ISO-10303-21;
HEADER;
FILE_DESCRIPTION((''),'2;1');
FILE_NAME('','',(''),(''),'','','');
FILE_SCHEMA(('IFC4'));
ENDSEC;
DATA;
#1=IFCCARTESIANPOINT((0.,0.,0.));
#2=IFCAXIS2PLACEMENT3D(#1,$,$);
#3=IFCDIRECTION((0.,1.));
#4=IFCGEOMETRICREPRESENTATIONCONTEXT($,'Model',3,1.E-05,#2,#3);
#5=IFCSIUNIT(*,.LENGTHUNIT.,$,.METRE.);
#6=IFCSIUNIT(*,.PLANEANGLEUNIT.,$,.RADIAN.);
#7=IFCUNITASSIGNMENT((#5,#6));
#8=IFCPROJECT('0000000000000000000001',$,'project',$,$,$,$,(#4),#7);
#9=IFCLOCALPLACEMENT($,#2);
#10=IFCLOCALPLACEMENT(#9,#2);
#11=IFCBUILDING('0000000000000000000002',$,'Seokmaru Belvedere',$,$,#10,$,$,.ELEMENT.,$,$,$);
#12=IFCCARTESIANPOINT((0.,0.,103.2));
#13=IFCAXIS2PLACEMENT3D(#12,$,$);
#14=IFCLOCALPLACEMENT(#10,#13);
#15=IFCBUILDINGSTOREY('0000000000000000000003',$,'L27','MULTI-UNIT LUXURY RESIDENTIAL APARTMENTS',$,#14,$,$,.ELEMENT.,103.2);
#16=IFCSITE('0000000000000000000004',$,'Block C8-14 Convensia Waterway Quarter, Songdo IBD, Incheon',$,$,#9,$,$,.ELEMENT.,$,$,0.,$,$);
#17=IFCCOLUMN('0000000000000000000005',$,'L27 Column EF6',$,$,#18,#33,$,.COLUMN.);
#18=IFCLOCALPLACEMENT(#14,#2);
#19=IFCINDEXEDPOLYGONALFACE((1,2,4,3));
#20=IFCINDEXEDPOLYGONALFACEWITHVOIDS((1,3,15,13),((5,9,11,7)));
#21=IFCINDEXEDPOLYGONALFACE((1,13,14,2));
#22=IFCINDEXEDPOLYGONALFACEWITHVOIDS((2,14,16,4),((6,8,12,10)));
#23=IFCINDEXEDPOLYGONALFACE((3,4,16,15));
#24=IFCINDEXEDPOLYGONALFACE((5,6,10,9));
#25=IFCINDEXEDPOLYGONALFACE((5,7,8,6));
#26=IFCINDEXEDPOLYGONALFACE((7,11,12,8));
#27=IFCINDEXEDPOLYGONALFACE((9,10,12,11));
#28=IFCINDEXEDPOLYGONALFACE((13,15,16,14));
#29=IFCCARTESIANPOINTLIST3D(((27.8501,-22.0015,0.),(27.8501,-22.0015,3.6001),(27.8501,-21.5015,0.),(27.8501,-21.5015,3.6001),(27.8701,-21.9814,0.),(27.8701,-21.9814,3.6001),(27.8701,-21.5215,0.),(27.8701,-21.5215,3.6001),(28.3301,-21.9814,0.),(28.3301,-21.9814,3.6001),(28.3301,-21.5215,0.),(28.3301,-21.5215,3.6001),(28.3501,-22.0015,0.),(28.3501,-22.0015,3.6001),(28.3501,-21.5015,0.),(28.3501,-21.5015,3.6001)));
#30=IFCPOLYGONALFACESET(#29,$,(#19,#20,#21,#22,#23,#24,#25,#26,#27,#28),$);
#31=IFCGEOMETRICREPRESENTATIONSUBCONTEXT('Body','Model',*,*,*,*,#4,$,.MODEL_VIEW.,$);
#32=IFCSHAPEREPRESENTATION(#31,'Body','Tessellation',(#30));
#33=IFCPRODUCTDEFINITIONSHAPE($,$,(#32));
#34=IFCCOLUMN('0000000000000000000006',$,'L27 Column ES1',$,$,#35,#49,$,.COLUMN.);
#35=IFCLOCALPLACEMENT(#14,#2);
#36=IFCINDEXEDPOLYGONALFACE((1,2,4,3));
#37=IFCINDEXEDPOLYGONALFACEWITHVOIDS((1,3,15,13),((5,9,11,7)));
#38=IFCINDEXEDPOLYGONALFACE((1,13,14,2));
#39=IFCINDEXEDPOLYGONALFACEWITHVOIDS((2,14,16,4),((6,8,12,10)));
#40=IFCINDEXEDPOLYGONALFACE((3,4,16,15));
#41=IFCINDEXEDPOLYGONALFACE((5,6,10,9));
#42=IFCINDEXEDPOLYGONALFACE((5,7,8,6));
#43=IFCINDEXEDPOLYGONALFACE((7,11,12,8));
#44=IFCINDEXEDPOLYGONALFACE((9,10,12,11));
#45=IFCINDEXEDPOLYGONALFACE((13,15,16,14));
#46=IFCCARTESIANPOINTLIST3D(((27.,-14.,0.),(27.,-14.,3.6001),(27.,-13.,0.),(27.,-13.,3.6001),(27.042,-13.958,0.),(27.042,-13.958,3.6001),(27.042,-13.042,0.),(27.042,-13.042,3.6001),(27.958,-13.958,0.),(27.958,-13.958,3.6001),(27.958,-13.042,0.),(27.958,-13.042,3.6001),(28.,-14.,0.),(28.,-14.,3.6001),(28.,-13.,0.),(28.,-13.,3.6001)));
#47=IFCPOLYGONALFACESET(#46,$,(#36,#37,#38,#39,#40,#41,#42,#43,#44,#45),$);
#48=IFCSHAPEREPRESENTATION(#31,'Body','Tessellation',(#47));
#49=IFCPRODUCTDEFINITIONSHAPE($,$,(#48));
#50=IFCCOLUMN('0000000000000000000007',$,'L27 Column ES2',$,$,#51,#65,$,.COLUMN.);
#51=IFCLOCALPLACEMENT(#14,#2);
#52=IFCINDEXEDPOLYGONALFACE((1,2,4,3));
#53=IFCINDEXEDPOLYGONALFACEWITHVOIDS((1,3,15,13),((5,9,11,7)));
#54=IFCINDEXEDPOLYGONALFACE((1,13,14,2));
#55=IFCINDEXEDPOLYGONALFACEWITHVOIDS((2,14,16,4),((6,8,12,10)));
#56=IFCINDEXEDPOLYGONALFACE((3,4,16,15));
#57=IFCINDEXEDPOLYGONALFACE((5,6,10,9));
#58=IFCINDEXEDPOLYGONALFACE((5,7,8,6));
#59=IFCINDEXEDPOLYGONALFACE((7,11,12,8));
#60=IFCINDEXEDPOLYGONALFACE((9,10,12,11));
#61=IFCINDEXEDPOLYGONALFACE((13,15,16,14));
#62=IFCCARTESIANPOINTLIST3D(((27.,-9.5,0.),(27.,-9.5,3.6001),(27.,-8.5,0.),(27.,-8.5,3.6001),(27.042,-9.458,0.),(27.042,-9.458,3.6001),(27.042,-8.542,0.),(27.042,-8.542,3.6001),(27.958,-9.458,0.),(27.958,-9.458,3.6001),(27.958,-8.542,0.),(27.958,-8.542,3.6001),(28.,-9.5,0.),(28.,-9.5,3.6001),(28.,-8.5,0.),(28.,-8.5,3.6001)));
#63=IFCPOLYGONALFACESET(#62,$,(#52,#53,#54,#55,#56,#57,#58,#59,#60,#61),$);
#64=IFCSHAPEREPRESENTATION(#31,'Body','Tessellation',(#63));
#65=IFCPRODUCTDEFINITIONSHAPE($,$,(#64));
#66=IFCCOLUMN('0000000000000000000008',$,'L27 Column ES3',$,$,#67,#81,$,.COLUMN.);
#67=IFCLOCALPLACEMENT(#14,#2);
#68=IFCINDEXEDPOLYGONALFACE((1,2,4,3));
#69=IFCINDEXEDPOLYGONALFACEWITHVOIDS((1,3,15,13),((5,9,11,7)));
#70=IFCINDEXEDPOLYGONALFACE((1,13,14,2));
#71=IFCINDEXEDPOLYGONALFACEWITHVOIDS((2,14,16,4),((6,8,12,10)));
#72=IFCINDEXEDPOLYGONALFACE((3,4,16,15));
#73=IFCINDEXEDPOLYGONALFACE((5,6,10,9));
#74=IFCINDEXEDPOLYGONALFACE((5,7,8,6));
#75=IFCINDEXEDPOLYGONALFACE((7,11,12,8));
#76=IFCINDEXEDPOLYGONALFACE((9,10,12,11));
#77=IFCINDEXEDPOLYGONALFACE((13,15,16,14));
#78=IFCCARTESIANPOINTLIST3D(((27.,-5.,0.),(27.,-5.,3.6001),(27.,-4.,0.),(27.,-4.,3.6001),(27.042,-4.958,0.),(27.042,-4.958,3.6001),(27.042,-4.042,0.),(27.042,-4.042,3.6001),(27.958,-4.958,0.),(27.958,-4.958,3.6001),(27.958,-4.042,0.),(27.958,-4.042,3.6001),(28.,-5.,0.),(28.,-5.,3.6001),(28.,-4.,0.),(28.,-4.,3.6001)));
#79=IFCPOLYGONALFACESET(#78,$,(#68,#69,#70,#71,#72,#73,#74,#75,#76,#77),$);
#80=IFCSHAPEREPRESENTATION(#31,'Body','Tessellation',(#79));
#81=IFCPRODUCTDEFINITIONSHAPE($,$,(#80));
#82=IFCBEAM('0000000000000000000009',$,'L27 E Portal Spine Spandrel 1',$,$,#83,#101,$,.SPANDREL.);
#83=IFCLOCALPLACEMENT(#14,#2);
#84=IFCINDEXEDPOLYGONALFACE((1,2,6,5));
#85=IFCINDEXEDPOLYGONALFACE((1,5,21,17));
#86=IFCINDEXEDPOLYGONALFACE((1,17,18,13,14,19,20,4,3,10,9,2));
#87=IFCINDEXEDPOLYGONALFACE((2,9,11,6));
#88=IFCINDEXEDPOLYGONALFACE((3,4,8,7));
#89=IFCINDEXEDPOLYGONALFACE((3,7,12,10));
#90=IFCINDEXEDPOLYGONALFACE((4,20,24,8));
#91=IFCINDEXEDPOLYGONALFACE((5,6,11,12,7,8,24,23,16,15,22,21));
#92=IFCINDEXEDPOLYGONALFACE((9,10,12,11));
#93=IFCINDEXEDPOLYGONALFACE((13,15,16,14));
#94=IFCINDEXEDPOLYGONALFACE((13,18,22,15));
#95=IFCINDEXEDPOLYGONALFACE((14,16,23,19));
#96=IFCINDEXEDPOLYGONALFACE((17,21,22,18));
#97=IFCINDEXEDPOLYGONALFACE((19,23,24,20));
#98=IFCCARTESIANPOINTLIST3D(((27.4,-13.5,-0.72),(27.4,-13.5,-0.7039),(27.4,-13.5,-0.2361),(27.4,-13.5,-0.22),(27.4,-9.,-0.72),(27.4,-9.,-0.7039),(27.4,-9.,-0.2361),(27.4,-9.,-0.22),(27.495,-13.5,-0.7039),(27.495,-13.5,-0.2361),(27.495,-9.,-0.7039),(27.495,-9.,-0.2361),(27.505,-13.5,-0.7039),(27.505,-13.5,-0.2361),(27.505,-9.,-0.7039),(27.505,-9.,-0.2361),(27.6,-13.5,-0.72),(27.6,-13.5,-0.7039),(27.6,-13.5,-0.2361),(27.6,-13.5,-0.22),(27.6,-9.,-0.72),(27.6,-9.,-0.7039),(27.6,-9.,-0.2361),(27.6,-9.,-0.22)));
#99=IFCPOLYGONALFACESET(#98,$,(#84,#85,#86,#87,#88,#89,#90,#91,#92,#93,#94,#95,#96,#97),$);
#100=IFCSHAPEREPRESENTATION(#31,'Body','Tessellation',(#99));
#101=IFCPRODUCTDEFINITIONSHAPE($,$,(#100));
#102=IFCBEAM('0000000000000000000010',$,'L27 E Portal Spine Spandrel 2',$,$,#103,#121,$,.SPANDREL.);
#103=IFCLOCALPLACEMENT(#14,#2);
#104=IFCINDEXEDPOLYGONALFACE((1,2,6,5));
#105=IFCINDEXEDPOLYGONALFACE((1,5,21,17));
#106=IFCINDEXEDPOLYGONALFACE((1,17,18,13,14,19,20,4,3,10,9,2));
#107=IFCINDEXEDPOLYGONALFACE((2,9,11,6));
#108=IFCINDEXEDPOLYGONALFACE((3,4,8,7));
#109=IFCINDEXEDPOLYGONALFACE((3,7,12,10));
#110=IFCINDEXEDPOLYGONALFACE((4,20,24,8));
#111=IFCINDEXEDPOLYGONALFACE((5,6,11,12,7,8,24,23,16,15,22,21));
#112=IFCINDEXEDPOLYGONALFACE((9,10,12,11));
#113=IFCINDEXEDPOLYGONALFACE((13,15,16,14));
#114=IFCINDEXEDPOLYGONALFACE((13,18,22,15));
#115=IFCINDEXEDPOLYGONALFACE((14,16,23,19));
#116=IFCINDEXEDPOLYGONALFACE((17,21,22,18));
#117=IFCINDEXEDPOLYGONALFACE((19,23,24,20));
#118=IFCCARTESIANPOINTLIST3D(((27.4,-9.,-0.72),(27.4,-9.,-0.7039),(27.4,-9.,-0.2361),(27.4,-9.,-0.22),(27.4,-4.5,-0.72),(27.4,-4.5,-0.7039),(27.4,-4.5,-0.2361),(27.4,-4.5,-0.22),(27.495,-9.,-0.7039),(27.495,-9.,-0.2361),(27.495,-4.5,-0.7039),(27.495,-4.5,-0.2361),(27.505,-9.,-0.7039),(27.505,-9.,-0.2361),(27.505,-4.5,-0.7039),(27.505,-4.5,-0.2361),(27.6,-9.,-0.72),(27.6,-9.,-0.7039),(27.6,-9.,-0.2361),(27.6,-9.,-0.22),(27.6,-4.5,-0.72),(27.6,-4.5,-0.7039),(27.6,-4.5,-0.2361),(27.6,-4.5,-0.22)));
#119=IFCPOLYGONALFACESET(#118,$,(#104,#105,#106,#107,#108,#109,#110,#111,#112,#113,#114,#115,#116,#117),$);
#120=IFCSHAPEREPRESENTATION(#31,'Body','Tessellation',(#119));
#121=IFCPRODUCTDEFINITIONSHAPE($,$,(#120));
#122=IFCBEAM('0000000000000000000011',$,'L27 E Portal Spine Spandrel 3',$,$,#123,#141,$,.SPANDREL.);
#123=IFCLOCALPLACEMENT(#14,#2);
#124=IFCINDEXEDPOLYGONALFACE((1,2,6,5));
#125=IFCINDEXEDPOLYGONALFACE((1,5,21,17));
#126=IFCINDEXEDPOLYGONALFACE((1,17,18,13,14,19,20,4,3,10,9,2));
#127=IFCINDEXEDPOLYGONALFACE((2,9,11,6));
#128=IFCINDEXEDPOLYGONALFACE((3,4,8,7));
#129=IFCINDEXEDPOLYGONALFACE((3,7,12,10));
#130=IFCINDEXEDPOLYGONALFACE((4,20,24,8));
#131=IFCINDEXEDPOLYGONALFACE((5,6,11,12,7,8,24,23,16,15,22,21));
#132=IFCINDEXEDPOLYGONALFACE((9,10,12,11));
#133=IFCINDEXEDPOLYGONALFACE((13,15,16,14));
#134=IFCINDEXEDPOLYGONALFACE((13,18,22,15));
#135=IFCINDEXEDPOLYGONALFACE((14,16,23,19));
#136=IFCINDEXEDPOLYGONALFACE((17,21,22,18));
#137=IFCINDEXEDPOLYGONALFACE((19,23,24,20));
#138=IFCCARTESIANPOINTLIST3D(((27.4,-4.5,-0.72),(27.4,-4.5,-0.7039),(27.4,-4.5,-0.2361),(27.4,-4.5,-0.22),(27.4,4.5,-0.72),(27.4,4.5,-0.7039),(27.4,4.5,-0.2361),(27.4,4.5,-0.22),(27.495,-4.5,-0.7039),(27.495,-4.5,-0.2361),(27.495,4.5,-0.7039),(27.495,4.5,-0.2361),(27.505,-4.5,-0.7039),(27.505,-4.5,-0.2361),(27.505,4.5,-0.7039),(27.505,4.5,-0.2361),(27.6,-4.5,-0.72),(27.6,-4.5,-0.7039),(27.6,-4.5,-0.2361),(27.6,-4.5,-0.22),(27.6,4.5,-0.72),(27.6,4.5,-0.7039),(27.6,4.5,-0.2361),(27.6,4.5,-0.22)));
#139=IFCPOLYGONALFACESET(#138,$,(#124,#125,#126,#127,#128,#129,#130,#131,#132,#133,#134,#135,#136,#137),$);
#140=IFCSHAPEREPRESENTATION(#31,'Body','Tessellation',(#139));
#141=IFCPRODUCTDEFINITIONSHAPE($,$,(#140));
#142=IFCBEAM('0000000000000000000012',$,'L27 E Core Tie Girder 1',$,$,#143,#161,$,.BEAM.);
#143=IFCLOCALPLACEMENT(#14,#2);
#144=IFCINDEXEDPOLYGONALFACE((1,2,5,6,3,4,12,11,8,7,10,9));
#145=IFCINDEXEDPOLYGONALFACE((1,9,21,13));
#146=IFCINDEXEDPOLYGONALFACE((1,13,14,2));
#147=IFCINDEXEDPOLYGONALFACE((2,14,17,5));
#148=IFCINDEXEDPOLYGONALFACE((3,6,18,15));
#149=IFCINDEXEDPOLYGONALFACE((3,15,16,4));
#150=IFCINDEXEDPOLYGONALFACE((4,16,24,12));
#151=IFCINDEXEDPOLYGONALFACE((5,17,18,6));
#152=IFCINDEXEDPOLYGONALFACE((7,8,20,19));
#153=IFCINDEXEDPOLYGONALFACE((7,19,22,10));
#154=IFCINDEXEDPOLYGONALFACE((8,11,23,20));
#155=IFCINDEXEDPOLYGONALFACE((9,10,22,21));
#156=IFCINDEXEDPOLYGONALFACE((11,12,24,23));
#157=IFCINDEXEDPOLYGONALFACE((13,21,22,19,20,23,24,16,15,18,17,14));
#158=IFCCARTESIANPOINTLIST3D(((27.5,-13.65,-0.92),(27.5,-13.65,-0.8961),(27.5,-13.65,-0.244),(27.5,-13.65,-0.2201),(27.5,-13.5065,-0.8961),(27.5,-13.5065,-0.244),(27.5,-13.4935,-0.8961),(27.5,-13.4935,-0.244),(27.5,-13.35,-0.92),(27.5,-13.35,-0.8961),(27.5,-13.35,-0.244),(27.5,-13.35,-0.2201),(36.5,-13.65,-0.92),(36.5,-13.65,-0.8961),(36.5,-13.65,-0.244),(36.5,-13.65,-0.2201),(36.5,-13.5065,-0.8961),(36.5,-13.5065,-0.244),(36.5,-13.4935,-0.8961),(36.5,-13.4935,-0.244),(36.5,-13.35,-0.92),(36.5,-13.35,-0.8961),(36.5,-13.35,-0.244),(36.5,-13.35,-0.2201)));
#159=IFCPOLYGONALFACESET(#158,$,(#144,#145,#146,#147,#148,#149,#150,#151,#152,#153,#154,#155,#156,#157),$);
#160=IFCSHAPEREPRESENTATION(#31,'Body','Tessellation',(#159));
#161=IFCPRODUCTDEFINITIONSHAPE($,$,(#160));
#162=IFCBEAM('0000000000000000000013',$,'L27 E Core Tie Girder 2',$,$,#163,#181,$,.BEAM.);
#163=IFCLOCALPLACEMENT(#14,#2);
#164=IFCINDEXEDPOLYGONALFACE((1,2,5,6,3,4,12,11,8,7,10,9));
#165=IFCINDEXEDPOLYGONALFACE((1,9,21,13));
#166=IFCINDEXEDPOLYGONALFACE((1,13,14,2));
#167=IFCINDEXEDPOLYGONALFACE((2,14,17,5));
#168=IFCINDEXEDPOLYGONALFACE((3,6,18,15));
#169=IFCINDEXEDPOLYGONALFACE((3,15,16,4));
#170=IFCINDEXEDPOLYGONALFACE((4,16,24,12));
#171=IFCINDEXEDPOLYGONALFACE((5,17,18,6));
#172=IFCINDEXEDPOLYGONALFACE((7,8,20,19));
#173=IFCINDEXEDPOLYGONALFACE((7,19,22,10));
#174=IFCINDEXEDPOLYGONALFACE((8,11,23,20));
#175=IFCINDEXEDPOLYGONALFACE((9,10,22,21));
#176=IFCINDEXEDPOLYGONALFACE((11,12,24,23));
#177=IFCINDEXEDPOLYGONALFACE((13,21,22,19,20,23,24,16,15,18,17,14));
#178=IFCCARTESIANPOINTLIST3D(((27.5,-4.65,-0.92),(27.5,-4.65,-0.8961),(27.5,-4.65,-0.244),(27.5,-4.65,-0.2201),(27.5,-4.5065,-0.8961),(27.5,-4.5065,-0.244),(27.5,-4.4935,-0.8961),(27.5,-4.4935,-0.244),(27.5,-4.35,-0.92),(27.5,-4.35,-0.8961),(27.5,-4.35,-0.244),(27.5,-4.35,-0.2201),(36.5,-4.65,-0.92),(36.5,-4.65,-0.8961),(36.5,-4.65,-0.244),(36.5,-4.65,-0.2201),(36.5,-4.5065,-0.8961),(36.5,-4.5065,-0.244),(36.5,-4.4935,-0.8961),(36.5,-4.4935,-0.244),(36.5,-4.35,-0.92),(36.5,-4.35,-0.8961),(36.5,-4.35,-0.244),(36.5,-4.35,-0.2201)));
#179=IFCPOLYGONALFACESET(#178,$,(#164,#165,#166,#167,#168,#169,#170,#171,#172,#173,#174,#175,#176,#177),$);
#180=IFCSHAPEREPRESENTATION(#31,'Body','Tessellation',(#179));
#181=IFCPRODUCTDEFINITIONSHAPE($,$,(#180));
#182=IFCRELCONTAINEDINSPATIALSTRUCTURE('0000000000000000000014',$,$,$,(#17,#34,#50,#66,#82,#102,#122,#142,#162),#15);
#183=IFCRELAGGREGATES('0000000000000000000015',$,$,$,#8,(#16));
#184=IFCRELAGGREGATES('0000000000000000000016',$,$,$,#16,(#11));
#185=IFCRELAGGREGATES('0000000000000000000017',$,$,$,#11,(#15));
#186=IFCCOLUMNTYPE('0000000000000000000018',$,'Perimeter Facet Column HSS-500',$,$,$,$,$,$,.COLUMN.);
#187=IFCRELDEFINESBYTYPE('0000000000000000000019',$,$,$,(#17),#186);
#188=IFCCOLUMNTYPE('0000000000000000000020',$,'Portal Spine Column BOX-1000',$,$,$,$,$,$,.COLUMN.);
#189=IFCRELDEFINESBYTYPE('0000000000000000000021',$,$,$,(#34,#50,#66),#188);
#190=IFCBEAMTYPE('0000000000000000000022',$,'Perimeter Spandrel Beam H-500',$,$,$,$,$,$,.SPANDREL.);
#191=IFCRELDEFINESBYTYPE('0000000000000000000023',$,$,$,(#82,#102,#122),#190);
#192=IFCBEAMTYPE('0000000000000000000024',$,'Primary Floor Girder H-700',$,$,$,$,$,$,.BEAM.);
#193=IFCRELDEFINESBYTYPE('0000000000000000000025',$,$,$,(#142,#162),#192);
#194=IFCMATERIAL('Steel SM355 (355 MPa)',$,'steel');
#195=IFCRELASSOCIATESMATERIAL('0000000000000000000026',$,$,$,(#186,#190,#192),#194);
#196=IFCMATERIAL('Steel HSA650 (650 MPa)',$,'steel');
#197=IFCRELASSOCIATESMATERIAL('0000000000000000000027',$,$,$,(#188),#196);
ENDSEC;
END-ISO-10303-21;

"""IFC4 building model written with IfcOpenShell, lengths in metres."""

from ifc_helpers import new_model, si_unit, direction, frame, origin, origin_2d, place, context, subcontext, project, spatial, hollow_rectangle, i_section, extrude, source, transform, mapped, material, material_profile, profile_set, type_object, type_shapes, element, save


model = new_model("IFC4")

# Units and contexts
model_context = context("Model", 3, precision=1e-05, world=origin(), true_north=direction((0.0, 1.0)))
body_context = subcontext(model_context, "Body", "Model", "MODEL_VIEW")
ifc_project = project(units=[si_unit("LENGTHUNIT", "METRE"), si_unit("PLANEANGLEUNIT", "RADIAN")], contexts=[model_context])

# Site, building, storey
site_placement = place(None, origin())
site = spatial("IfcSite", under=ifc_project, at=site_placement, Name="Block C8-14 Convensia Waterway Quarter, Songdo IBD, Incheon", CompositionType="ELEMENT", RefElevation=0.0)
building_placement = place(site_placement, origin())
building = spatial("IfcBuilding", under=site, at=building_placement, Name="Seokmaru Belvedere", CompositionType="ELEMENT")
storey_placement = place(building_placement, frame((0.0, 0.0, 103.2)))
storey = spatial("IfcBuildingStorey", under=building, at=storey_placement, Name="L27", Description="MULTI-UNIT LUXURY RESIDENTIAL APARTMENTS", CompositionType="ELEMENT", Elevation=103.2)

# Columns
ifc_material_1 = material(Name="Steel SM355 (355 MPa)", Category="steel")
ifc_material_profile_1 = material_profile(ifc_material_1, hollow_rectangle(XDim=0.5, YDim=0.5, WallThickness=0.02, at=origin_2d()), Name="HSS-500x500x20")
ifc_profile_set_1 = profile_set([ifc_material_profile_1], Name="Steel SM355 (355 MPa)")
column_type_1 = type_object("IfcColumnType", Name="Perimeter Facet Column HSS-500", PredefinedType="COLUMN", material=ifc_profile_set_1)
shared_shape_1 = source(origin(), body_context, "Body", "SweptSolid", [
    extrude(hollow_rectangle(XDim=0.5, YDim=0.5, WallThickness=0.02, at=origin_2d()), origin(), (0.0, 0.0, 1.0), 3.6001),
])
type_shapes(column_type_1, [shared_shape_1])
column_placement = place(storey_placement, frame((28.1001, -21.7515, 0.0), z_axis=(0.0, 0.0, 1.0), x_axis=(1.0, 0.0, 0.0)))
element("IfcColumn", 1, at=column_placement, inside=storey, type_object=column_type_1, Name="L27 Column EF6", PredefinedType="COLUMN", context=body_context, shape_type="MappedRepresentation", body=[
    mapped(shared_shape_1, transform((0.0, 0.0, 0.0), scale=1.0)),
])
ifc_material_2 = material(Name="Steel HSA650 (650 MPa)", Category="steel")
ifc_material_profile_2 = material_profile(ifc_material_2, hollow_rectangle(XDim=1.0, YDim=1.0, WallThickness=0.042, at=origin_2d()), Name="BOX-1000x1000x42")
ifc_profile_set_2 = profile_set([ifc_material_profile_2], Name="Steel HSA650 (650 MPa)")
column_type_2 = type_object("IfcColumnType", Name="Portal Spine Column BOX-1000", PredefinedType="COLUMN", material=ifc_profile_set_2)
shared_shape_2 = source(origin(), body_context, "Body", "SweptSolid", [
    extrude(hollow_rectangle(XDim=1.0, YDim=1.0, WallThickness=0.042, at=origin_2d()), origin(), (0.0, 0.0, 1.0), 3.6001),
])
type_shapes(column_type_2, [shared_shape_2])
for number, where, z_axis, x_axis, name in (
    (2, (27.5, -13.5, 0.0), (0.0, 0.0, 1.0), (1.0, 0.0, 0.0), "L27 Column ES1"),
    (3, (27.5, -9.0, 0.0), (0.0, 0.0, 1.0), (1.0, 0.0, 0.0), "L27 Column ES2"),
    (4, (27.5, -4.5, 0.0), (0.0, 0.0, 1.0), (1.0, 0.0, 0.0), "L27 Column ES3"),
):
    element("IfcColumn", number, at=place(storey_placement, frame(where, z_axis=z_axis, x_axis=x_axis)), inside=storey, type_object=column_type_2, Name=name, PredefinedType="COLUMN", context=body_context, shape_type="MappedRepresentation", body=[
        mapped(shared_shape_2, transform((0.0, 0.0, 0.0), scale=1.0)),
    ])

# Beams
ifc_material_profile_3 = material_profile(ifc_material_1, i_section(OverallWidth=0.2, OverallDepth=0.5, WebThickness=0.01, FlangeThickness=0.0161, at=origin_2d()), Name="H-500x200x10x16")
ifc_profile_set_3 = profile_set([ifc_material_profile_3], Name="Steel SM355 (355 MPa)")
beam_type_1 = type_object("IfcBeamType", Name="Perimeter Spandrel Beam H-500", PredefinedType="SPANDREL", material=ifc_profile_set_3)
shared_shape_3 = source(origin(), body_context, "Body", "SweptSolid", [
    extrude(i_section(OverallWidth=0.2, OverallDepth=0.5, WebThickness=0.01, FlangeThickness=0.0161, at=origin_2d()), origin(), (0.0, 0.0, 1.0), 4.5),
])
for number, where, z_axis, x_axis, name in (
    (5, (27.5, -13.5, -0.47), (0.0, 1.0, 0.0), (-1.0, 0.0, 0.0), "L27 E Portal Spine Spandrel 1"),
    (6, (27.5, -9.0, -0.47), (0.0, 1.0, 0.0), (-1.0, 0.0, 0.0), "L27 E Portal Spine Spandrel 2"),
):
    element("IfcBeam", number, at=place(storey_placement, frame(where, z_axis=z_axis, x_axis=x_axis)), inside=storey, type_object=beam_type_1, Name=name, PredefinedType="SPANDREL", context=body_context, shape_type="MappedRepresentation", body=[
        mapped(shared_shape_3, transform((0.0, 0.0, 0.0), scale=1.0)),
    ])
shared_shape_4 = source(origin(), body_context, "Body", "SweptSolid", [
    extrude(i_section(OverallWidth=0.2, OverallDepth=0.5, WebThickness=0.01, FlangeThickness=0.0161, at=origin_2d()), origin(), (0.0, 0.0, 1.0), 9.0),
])
beam_1_placement = place(storey_placement, frame((27.5, -4.5, -0.47), z_axis=(0.0, 1.0, 0.0), x_axis=(-1.0, 0.0, 0.0)))
element("IfcBeam", 7, at=beam_1_placement, inside=storey, type_object=beam_type_1, Name="L27 E Portal Spine Spandrel 3", PredefinedType="SPANDREL", context=body_context, shape_type="MappedRepresentation", body=[
    mapped(shared_shape_4, transform((0.0, 0.0, 0.0), scale=1.0)),
])
ifc_material_profile_4 = material_profile(ifc_material_1, i_section(OverallWidth=0.3, OverallDepth=0.7, WebThickness=0.0129, FlangeThickness=0.0239, at=origin_2d()), Name="H-700x300x13x24")
ifc_profile_set_4 = profile_set([ifc_material_profile_4], Name="Steel SM355 (355 MPa)")
beam_type_2 = type_object("IfcBeamType", Name="Primary Floor Girder H-700", PredefinedType="BEAM", material=ifc_profile_set_4)
shared_shape_5 = source(origin(), body_context, "Body", "SweptSolid", [
    extrude(i_section(OverallWidth=0.3, OverallDepth=0.7, WebThickness=0.0129, FlangeThickness=0.0239, at=origin_2d()), origin(), (0.0, 0.0, 1.0), 9.0),
])
type_shapes(beam_type_2, [shared_shape_5])
for number, where, z_axis, x_axis, name in (
    (8, (27.5, -13.5, -0.5701), (1.0, 0.0, 0.0), (0.0, 1.0, 0.0), "L27 E Core Tie Girder 1"),
    (9, (27.5, -4.5, -0.5701), (1.0, 0.0, 0.0), (0.0, 1.0, 0.0), "L27 E Core Tie Girder 2"),
):
    element("IfcBeam", number, at=place(storey_placement, frame(where, z_axis=z_axis, x_axis=x_axis)), inside=storey, type_object=beam_type_2, Name=name, PredefinedType="BEAM", context=body_context, shape_type="MappedRepresentation", body=[
        mapped(shared_shape_5, transform((0.0, 0.0, 0.0), scale=1.0)),
    ])

save(model, "model.ifc")
